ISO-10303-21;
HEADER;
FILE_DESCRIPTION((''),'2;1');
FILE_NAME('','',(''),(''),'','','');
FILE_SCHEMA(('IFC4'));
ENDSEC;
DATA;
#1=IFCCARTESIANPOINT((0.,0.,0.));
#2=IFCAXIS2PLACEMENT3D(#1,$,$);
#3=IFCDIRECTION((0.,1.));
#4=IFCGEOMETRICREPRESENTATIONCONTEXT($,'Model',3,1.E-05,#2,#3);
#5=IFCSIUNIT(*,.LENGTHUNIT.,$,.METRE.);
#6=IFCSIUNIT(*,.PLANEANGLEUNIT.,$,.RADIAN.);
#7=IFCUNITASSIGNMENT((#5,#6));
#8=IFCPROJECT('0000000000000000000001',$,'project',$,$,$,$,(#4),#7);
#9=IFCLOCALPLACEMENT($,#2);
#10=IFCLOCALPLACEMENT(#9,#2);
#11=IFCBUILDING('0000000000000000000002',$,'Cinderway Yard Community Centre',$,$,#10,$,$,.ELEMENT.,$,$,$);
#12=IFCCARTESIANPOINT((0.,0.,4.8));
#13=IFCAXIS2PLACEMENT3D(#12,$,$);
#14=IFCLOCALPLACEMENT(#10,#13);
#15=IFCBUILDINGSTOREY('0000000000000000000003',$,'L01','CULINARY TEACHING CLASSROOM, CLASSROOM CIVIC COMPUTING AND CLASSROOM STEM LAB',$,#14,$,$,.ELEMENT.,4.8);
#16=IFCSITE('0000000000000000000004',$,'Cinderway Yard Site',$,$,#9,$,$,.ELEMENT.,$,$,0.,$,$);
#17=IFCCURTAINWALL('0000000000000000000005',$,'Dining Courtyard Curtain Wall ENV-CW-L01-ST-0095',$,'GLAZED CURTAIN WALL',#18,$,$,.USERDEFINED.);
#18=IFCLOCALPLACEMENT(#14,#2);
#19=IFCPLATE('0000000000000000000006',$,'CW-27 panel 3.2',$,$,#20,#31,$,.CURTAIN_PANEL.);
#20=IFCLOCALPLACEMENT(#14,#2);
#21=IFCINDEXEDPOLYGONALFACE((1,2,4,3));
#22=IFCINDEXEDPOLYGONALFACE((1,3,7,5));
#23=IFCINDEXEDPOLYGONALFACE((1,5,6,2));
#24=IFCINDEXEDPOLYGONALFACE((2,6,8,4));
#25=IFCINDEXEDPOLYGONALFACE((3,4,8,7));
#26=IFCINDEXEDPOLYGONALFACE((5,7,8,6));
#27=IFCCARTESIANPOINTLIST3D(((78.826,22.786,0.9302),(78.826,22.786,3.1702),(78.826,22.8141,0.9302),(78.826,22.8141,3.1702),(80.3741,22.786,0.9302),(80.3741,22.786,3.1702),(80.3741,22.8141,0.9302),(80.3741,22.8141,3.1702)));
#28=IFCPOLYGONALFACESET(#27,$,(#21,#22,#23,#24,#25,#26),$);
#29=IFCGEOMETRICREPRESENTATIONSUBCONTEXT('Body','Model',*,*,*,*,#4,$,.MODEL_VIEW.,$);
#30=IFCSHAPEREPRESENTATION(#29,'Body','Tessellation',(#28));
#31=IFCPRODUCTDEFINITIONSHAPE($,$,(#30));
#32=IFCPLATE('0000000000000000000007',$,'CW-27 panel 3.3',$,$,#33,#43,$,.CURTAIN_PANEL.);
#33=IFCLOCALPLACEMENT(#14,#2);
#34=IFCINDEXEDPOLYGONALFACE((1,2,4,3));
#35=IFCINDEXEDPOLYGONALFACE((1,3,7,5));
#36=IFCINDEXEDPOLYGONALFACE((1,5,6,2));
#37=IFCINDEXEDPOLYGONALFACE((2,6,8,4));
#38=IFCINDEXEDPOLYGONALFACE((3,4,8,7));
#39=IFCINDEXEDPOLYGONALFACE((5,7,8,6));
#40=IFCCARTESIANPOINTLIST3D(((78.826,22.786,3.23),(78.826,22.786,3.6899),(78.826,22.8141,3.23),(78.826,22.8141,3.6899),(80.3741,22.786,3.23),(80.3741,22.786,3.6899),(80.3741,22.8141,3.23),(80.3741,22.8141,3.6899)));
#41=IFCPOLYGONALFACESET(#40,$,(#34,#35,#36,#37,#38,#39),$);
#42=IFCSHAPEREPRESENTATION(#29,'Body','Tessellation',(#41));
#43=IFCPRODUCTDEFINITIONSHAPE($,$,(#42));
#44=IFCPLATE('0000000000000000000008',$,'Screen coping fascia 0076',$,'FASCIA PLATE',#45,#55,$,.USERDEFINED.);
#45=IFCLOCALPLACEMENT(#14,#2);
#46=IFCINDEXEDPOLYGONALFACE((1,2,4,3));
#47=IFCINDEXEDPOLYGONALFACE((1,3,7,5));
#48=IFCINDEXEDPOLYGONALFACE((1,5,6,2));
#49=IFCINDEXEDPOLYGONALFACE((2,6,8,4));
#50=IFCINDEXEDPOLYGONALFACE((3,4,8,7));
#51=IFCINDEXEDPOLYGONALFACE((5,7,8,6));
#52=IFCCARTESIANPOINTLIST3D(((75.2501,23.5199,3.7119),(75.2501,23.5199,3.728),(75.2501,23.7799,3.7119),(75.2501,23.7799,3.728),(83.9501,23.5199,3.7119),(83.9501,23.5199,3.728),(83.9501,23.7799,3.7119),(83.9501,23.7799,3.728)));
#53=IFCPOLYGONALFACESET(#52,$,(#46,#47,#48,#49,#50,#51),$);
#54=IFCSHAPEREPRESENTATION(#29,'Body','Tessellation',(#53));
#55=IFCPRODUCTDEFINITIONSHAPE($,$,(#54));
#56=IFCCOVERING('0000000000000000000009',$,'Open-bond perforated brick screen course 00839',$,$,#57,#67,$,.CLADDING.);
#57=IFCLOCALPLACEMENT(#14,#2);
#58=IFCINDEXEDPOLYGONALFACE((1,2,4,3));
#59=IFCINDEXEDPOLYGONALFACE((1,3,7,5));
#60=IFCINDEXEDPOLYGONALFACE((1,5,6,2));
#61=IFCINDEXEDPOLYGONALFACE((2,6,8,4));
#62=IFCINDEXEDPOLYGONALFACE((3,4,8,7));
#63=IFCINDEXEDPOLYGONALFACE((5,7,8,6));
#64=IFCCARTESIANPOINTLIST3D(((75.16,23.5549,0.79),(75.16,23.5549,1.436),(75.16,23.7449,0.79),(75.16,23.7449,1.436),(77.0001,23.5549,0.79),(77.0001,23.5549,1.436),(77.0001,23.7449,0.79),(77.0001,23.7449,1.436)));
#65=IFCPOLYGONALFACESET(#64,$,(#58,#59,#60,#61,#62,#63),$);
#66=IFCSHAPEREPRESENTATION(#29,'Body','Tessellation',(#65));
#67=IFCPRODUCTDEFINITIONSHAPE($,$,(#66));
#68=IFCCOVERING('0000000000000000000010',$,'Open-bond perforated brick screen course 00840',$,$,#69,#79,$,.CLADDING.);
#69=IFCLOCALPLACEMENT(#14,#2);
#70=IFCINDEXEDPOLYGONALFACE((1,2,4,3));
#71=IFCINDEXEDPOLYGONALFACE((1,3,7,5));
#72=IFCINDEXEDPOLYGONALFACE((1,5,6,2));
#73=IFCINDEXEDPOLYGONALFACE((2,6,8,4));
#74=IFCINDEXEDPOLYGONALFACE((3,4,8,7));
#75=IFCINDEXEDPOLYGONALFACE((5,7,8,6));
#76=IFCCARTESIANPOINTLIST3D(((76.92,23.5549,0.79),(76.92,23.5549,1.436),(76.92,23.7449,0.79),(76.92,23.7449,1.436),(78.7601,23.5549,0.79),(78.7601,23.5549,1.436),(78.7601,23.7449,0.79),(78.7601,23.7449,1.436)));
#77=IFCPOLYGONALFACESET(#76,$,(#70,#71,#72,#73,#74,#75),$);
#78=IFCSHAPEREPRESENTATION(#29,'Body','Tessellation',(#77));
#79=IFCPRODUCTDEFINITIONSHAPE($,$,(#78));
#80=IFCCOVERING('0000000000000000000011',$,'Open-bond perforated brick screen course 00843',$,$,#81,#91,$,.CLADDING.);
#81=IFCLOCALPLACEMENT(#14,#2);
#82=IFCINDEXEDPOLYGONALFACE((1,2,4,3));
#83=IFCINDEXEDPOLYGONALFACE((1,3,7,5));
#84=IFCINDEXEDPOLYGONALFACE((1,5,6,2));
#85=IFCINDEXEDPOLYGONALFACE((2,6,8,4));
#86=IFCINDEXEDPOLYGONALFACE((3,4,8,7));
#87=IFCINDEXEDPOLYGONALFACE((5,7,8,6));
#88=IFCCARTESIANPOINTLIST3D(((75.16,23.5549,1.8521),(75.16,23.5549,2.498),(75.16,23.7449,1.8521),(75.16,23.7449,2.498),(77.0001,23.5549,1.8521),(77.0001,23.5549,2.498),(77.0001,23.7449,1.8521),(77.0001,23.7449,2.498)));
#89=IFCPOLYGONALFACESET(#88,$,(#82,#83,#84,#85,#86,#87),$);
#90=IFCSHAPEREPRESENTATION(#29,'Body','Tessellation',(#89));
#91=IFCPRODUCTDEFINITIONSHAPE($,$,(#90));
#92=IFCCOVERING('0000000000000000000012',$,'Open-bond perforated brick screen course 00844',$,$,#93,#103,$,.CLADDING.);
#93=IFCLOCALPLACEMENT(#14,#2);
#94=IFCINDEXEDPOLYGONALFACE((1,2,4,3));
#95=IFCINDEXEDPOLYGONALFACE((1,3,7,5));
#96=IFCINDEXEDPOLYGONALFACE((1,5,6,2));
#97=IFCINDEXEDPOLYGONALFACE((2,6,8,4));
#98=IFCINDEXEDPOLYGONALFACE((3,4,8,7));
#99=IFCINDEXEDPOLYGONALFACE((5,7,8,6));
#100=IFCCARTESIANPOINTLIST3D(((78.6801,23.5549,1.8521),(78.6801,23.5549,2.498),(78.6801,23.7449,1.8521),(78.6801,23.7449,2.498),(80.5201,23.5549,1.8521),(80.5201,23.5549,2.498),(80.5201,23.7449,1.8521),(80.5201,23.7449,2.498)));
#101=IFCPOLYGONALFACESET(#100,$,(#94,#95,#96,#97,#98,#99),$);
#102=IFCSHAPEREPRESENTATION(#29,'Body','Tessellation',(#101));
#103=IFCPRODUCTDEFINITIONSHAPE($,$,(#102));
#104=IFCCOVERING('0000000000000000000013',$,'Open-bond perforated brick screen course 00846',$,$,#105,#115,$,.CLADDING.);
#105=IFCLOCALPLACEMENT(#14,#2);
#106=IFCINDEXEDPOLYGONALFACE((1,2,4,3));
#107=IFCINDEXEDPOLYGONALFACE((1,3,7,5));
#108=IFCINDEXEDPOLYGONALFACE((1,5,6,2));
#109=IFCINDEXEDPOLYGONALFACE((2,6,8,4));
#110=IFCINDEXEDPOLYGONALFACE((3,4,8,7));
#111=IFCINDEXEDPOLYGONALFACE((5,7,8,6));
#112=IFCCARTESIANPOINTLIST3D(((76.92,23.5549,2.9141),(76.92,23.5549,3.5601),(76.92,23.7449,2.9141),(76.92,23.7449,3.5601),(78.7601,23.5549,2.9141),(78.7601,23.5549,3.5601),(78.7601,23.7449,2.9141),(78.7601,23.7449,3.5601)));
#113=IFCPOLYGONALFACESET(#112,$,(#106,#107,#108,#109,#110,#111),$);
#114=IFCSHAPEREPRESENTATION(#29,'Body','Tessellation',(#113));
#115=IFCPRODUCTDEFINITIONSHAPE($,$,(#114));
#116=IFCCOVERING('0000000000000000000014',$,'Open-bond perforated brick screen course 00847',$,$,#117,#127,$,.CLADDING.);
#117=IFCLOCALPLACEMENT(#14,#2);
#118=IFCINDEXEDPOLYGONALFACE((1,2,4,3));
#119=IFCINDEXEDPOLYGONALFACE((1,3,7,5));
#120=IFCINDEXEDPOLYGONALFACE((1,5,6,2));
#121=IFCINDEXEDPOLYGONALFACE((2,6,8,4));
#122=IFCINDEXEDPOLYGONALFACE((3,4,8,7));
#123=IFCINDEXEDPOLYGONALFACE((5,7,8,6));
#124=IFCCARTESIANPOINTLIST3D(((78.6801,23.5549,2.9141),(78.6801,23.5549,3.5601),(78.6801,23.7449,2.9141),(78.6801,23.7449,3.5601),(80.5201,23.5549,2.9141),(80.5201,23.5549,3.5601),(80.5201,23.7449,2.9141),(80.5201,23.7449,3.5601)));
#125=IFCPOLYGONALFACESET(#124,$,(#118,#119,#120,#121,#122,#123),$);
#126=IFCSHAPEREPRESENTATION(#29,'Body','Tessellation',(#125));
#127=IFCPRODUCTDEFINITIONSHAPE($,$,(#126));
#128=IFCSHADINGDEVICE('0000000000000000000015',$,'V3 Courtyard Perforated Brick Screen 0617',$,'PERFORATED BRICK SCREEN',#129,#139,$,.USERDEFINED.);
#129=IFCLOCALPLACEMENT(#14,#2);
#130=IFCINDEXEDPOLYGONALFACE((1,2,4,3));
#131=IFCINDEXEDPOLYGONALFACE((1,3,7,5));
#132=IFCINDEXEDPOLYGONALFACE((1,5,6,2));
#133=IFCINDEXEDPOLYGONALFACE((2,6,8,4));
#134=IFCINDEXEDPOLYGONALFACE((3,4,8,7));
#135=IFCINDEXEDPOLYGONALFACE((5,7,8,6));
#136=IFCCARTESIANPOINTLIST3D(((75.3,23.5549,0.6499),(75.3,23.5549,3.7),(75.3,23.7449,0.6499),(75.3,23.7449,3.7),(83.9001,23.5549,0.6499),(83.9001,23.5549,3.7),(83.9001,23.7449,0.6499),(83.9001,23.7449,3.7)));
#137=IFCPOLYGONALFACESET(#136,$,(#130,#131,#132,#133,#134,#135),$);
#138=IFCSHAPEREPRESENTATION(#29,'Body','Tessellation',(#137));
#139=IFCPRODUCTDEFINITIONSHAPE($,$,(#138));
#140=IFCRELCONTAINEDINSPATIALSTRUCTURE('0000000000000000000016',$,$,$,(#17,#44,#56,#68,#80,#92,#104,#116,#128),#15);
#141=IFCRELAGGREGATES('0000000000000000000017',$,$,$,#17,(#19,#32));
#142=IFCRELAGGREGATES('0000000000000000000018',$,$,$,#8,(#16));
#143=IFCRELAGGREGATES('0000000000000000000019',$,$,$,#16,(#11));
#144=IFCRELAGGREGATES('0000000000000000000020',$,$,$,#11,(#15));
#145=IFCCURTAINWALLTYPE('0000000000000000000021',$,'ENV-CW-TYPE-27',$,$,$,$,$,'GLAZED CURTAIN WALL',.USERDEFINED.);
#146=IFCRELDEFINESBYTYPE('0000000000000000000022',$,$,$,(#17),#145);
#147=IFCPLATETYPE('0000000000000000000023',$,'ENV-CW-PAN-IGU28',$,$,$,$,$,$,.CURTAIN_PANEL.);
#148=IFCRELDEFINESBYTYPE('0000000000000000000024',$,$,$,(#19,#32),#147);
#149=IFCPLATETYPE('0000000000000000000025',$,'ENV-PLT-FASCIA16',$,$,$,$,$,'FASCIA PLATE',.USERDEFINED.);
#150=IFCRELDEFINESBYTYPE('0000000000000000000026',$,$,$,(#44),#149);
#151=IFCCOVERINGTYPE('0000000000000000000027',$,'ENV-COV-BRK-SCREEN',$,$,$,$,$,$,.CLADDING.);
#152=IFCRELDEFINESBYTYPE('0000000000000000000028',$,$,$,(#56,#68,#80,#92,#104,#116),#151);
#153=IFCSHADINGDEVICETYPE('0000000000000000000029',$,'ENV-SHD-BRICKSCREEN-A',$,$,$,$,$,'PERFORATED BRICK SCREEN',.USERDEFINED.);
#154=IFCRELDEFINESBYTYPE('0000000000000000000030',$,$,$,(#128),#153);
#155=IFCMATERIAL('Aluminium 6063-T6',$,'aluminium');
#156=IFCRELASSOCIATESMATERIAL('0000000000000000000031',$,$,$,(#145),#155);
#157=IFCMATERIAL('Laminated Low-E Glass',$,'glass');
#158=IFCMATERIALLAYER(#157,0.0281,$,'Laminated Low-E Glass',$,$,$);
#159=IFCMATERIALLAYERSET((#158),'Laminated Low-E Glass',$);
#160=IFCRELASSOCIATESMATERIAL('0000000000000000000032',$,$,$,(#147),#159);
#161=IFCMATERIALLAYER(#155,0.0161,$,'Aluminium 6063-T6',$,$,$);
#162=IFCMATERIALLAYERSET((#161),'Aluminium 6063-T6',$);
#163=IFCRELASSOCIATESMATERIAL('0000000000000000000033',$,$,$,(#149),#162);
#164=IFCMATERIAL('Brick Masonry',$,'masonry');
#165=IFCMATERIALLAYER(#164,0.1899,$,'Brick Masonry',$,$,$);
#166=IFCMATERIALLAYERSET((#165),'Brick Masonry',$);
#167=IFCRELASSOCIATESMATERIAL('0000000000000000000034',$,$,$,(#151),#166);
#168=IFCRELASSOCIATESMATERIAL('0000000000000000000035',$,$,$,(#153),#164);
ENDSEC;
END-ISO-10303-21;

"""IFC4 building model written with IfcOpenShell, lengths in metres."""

from ifc_helpers import new_model, si_unit, direction, frame, origin, origin_2d, place, context, subcontext, project, spatial, rectangle, extrude, material, layer, layer_set, type_object, element, aggregate, save


model = new_model("IFC4")

# Units and contexts
model_context = context("Model", 3, precision=1e-05, world=origin(), true_north=direction((0.0, 1.0)))
body_context = subcontext(model_context, "Body", "Model", "MODEL_VIEW")
ifc_project = project(units=[si_unit("LENGTHUNIT", "METRE"), si_unit("PLANEANGLEUNIT", "RADIAN")], contexts=[model_context])

# Site, building, storey
site_placement = place(None, origin())
site = spatial("IfcSite", under=ifc_project, at=site_placement, Name="Cinderway Yard Site", CompositionType="ELEMENT", RefElevation=0.0)
building_placement = place(site_placement, origin())
building = spatial("IfcBuilding", under=site, at=building_placement, Name="Cinderway Yard Community Centre", CompositionType="ELEMENT")
storey_placement = place(building_placement, frame((0.0, 0.0, 4.8)))
storey = spatial("IfcBuildingStorey", under=building, at=storey_placement, Name="L01", Description="CULINARY TEACHING CLASSROOM, CLASSROOM CIVIC COMPUTING AND CLASSROOM STEM LAB", CompositionType="ELEMENT", Elevation=4.8)

# Curtain wall
ifc_material_1 = material(Name="Aluminium 6063-T6", Category="aluminium")
curtain_wall_type = type_object("IfcCurtainWallType", Name="ENV-CW-TYPE-27", ElementType="GLAZED CURTAIN WALL", PredefinedType="USERDEFINED", material=ifc_material_1)
curtain_wall_placement = place(storey_placement, origin())
curtain_wall = element("IfcCurtainWall", 1, at=curtain_wall_placement, inside=storey, type_object=curtain_wall_type, Name="Dining Courtyard Curtain Wall ENV-CW-L01-ST-0095", ObjectType="GLAZED CURTAIN WALL", PredefinedType="USERDEFINED")

# Plates
ifc_material_2 = material(Name="Laminated Low-E Glass", Category="glass")
ifc_layer_1 = layer(ifc_material_2, 0.0281, Name="Laminated Low-E Glass")
ifc_layer_set_1 = layer_set([ifc_layer_1], Name="Laminated Low-E Glass")
plate_type_1 = type_object("IfcPlateType", Name="ENV-CW-PAN-IGU28", PredefinedType="CURTAIN_PANEL", material=ifc_layer_set_1)
plate_1_placement = place(storey_placement, frame((79.6001, 22.8, 0.9302), z_axis=(0.0, 0.0, 1.0), x_axis=(1.0, 0.0, 0.0)))
plate_1 = element("IfcPlate", 2, at=plate_1_placement, type_object=plate_type_1, Name="CW-27 panel 3.2", PredefinedType="CURTAIN_PANEL", context=body_context, shape_type="SweptSolid", body=[
    extrude(rectangle(XDim=1.5481, YDim=0.0281, at=origin_2d()), origin(), (0.0, 0.0, 1.0), 2.24),
])
plate_2_placement = place(storey_placement, frame((79.6001, 22.8, 3.23), z_axis=(0.0, 0.0, 1.0), x_axis=(1.0, 0.0, 0.0)))
plate_2 = element("IfcPlate", 3, at=plate_2_placement, type_object=plate_type_1, Name="CW-27 panel 3.3", PredefinedType="CURTAIN_PANEL", context=body_context, shape_type="SweptSolid", body=[
    extrude(rectangle(XDim=1.5481, YDim=0.0281, at=origin_2d()), origin(), (0.0, 0.0, 1.0), 0.46),
])
aggregate(curtain_wall, [plate_1, plate_2])
ifc_layer_2 = layer(ifc_material_1, 0.0161, Name="Aluminium 6063-T6")
ifc_layer_set_2 = layer_set([ifc_layer_2], Name="Aluminium 6063-T6")
plate_type_2 = type_object("IfcPlateType", Name="ENV-PLT-FASCIA16", ElementType="FASCIA PLATE", PredefinedType="USERDEFINED", material=ifc_layer_set_2)
plate_3_placement = place(storey_placement, frame((79.6001, 23.6499, 3.7119), z_axis=(0.0, 0.0, 1.0), x_axis=(1.0, 0.0, 0.0)))
element("IfcPlate", 4, at=plate_3_placement, inside=storey, type_object=plate_type_2, Name="Screen coping fascia 0076", ObjectType="FASCIA PLATE", PredefinedType="USERDEFINED", context=body_context, shape_type="SweptSolid", body=[
    extrude(rectangle(XDim=8.7, YDim=0.26, at=origin_2d()), origin(), (0.0, 0.0, 1.0), 0.0161),
])

# Coverings
ifc_material_3 = material(Name="Brick Masonry", Category="masonry")
ifc_layer_3 = layer(ifc_material_3, 0.1899, Name="Brick Masonry")
ifc_layer_set_3 = layer_set([ifc_layer_3], Name="Brick Masonry")
covering_type = type_object("IfcCoveringType", Name="ENV-COV-BRK-SCREEN", PredefinedType="CLADDING", material=ifc_layer_set_3)
for number, where, z_axis, x_axis, name in (
    (5, (76.0801, 23.6499, 0.79), (0.0, 0.0, 1.0), (1.0, 0.0, 0.0), "Open-bond perforated brick screen course 00839"),
    (6, (77.8401, 23.6499, 0.79), (0.0, 0.0, 1.0), (1.0, 0.0, 0.0), "Open-bond perforated brick screen course 00840"),
    (7, (76.0801, 23.6499, 1.8521), (0.0, 0.0, 1.0), (1.0, 0.0, 0.0), "Open-bond perforated brick screen course 00843"),
    (8, (79.6001, 23.6499, 1.8521), (0.0, 0.0, 1.0), (1.0, 0.0, 0.0), "Open-bond perforated brick screen course 00844"),
    (9, (77.8401, 23.6499, 2.9141), (0.0, 0.0, 1.0), (1.0, 0.0, 0.0), "Open-bond perforated brick screen course 00846"),
    (10, (79.6001, 23.6499, 2.9141), (0.0, 0.0, 1.0), (1.0, 0.0, 0.0), "Open-bond perforated brick screen course 00847"),
):
    element("IfcCovering", number, at=place(storey_placement, frame(where, z_axis=z_axis, x_axis=x_axis)), inside=storey, type_object=covering_type, Name=name, PredefinedType="CLADDING", context=body_context, shape_type="SweptSolid", body=[
        extrude(rectangle(XDim=1.8401, YDim=0.1899, at=origin_2d()), origin(), (0.0, 0.0, 1.0), 0.646),
    ])

# Shading device
shading_device_type = type_object("IfcShadingDeviceType", Name="ENV-SHD-BRICKSCREEN-A", ElementType="PERFORATED BRICK SCREEN", PredefinedType="USERDEFINED", material=ifc_material_3)
shading_device_placement = place(storey_placement, frame((79.6001, 23.6499, 0.6499), z_axis=(0.0, 0.0, 1.0), x_axis=(1.0, 0.0, 0.0)))
element("IfcShadingDevice", 11, at=shading_device_placement, inside=storey, type_object=shading_device_type, Name="V3 Courtyard Perforated Brick Screen 0617", ObjectType="PERFORATED BRICK SCREEN", PredefinedType="USERDEFINED", context=body_context, shape_type="SweptSolid", body=[
    extrude(rectangle(XDim=8.6001, YDim=0.1899, at=origin_2d()), origin(), (0.0, 0.0, 1.0), 3.05),
])

save(model, "model.ifc")
